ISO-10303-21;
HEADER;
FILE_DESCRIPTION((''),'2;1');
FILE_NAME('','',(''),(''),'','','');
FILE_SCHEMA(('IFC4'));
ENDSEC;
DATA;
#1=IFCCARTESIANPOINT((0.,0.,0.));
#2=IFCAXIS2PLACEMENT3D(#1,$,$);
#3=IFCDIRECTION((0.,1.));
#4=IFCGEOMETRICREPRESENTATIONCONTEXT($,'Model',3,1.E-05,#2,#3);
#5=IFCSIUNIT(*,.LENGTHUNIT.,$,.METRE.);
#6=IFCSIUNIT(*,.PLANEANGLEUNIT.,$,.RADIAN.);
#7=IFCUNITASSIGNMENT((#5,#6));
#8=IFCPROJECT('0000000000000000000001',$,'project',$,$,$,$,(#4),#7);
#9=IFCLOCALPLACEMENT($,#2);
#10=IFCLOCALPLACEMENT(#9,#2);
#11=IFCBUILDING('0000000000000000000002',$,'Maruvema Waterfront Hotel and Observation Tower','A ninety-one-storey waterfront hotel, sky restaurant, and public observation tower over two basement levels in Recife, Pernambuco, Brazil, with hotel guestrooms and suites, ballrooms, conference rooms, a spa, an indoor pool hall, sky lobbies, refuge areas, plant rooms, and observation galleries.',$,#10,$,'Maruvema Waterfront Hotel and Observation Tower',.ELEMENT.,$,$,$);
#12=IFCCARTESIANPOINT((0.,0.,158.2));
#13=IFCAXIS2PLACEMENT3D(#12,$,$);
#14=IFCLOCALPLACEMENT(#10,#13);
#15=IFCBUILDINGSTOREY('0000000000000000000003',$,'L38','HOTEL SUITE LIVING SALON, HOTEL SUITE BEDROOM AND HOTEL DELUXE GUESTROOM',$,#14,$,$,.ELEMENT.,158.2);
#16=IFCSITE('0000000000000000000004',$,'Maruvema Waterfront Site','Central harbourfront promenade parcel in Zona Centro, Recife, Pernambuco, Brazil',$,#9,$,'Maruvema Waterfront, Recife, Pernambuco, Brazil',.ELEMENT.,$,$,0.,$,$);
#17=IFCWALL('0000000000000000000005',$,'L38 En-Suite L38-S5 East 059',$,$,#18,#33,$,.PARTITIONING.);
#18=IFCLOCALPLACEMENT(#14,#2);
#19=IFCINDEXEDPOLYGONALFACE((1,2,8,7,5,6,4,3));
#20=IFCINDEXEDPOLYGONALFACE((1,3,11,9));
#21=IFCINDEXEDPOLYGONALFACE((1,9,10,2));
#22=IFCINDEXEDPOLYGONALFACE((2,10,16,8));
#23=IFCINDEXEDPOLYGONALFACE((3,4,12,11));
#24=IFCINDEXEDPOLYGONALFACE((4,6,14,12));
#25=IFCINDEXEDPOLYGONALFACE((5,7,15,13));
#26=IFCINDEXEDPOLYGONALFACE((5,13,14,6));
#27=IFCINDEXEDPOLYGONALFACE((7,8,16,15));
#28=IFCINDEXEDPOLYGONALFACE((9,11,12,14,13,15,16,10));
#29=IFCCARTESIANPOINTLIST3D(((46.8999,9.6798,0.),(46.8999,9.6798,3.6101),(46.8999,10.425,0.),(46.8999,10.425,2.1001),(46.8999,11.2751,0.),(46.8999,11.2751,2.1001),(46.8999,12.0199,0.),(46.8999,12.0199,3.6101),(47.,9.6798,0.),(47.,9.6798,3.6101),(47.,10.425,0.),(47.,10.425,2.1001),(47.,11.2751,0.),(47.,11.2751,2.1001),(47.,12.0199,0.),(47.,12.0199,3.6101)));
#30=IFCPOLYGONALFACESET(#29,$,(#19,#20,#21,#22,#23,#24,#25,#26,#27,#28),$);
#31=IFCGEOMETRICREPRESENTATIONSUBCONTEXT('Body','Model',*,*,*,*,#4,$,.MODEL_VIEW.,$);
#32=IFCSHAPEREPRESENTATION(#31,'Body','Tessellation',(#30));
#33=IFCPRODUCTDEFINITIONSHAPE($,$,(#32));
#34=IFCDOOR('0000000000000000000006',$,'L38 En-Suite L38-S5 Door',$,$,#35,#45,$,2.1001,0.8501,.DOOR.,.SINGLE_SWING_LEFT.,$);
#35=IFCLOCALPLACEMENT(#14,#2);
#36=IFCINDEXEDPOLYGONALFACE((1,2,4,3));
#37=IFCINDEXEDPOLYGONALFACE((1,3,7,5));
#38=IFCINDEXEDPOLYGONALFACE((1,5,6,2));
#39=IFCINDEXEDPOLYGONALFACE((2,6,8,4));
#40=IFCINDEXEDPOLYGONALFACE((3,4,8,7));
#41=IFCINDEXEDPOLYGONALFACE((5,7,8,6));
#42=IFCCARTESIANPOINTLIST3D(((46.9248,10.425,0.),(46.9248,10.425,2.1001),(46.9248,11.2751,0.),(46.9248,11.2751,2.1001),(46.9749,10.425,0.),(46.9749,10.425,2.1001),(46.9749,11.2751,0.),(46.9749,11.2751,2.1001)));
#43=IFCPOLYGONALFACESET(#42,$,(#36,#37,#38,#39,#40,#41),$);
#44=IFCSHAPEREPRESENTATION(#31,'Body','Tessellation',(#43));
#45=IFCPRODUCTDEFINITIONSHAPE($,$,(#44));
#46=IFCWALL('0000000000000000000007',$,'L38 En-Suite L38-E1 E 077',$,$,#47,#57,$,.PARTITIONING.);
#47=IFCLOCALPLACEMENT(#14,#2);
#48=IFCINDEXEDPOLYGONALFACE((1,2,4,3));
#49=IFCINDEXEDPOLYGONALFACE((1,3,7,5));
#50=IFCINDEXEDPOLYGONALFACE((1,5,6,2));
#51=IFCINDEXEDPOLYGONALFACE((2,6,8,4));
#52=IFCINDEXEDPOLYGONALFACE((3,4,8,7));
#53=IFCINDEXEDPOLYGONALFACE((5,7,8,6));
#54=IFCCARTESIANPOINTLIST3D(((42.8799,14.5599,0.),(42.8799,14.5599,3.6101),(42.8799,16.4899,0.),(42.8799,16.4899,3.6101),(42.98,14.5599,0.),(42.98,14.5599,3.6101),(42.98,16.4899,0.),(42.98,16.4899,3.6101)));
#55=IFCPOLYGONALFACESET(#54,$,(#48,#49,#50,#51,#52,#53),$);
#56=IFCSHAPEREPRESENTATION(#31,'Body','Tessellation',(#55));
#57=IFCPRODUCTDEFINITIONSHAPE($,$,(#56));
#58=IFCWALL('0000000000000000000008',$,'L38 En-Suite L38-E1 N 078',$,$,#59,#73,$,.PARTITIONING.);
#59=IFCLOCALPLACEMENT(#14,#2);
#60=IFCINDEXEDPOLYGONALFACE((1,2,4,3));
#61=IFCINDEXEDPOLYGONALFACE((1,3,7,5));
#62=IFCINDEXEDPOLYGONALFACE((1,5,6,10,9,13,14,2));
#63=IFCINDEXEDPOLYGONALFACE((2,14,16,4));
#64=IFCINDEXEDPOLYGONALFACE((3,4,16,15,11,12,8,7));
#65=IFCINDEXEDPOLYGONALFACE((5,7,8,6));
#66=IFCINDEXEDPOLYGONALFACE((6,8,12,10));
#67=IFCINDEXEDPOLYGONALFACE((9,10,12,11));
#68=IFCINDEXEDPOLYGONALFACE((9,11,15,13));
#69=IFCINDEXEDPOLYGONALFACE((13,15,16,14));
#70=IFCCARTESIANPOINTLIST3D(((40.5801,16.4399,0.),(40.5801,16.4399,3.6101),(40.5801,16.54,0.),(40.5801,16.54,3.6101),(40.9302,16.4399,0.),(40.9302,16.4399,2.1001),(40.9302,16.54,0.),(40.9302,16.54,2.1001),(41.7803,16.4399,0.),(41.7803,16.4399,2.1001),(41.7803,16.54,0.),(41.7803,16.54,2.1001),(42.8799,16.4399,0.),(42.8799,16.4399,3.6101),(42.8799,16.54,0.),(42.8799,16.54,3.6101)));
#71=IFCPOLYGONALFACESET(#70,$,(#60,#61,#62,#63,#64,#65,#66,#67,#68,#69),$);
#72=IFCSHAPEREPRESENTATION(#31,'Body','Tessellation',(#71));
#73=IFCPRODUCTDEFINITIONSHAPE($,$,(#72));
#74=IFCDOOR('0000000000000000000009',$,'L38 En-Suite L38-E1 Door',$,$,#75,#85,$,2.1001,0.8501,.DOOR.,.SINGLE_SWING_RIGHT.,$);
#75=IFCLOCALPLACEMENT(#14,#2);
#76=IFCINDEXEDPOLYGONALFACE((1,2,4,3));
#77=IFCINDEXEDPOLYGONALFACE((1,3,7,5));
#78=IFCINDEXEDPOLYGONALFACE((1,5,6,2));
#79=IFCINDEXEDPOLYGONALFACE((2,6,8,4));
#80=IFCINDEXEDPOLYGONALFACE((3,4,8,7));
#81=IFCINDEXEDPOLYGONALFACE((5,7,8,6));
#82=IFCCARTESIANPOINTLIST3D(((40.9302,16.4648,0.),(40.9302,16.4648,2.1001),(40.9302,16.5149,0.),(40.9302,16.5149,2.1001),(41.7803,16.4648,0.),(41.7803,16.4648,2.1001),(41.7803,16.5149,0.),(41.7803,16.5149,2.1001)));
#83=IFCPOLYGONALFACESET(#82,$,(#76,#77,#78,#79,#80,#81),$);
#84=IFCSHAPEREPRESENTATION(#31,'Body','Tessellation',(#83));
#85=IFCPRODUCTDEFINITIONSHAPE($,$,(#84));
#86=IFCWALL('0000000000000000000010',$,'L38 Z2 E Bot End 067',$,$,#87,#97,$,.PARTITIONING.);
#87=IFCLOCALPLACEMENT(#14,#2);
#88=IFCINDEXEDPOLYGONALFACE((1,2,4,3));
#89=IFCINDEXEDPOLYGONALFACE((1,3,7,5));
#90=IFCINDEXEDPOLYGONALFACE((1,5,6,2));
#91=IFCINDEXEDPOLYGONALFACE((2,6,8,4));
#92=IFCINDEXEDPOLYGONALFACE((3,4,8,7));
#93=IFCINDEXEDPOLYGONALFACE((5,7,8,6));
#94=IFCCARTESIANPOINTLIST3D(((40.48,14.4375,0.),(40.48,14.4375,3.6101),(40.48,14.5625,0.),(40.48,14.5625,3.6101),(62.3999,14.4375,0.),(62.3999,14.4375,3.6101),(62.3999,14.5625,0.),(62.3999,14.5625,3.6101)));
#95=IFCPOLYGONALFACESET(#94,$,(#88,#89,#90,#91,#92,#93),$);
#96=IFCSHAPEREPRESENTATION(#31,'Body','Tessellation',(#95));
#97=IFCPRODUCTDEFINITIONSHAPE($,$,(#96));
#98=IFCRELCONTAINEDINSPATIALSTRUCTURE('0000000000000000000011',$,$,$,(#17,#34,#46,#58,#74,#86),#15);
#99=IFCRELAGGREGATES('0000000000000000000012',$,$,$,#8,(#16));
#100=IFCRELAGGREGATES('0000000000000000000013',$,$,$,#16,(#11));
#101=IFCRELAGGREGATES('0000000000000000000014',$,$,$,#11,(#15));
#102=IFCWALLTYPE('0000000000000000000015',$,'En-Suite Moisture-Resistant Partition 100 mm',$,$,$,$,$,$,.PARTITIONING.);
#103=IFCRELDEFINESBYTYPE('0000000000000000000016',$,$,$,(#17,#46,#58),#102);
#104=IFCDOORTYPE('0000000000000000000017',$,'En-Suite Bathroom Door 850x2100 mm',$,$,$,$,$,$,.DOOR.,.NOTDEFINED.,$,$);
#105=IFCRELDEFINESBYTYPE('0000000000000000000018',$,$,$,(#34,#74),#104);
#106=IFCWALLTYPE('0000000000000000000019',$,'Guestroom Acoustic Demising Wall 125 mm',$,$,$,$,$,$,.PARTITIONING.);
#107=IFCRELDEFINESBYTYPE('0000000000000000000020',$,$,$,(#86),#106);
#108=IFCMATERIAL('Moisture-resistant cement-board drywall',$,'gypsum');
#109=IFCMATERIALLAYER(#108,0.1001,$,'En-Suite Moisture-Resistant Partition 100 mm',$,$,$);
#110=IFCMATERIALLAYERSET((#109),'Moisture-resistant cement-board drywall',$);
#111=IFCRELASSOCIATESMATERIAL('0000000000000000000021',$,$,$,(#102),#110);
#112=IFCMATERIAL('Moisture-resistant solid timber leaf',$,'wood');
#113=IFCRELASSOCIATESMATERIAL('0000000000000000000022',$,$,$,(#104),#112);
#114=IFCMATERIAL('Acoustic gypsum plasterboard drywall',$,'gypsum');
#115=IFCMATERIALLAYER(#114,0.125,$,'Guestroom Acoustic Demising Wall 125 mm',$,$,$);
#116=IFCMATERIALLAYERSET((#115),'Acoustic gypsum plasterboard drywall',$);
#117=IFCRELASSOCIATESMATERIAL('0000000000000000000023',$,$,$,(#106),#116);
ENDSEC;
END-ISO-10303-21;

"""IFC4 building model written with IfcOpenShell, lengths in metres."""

from ifc_helpers import new_model, si_unit, direction, frame, frame_2d, origin, place, context, subcontext, project, spatial, rectangle, extrude, material, layer, layer_set, type_object, element, fill, save


model = new_model("IFC4")

# Units and contexts
model_context = context("Model", 3, precision=1e-05, world=origin(), true_north=direction((0.0, 1.0)))
body_context = subcontext(model_context, "Body", "Model", "MODEL_VIEW")
ifc_project = project(units=[si_unit("LENGTHUNIT", "METRE"), si_unit("PLANEANGLEUNIT", "RADIAN")], contexts=[model_context])

# Site, building, storey
site_placement = place(None, origin())
site = spatial("IfcSite", under=ifc_project, at=site_placement, Name="Maruvema Waterfront Site", Description="Central harbourfront promenade parcel in Zona Centro, Recife, Pernambuco, Brazil", LongName="Maruvema Waterfront, Recife, Pernambuco, Brazil", CompositionType="ELEMENT", RefElevation=0.0)
building_placement = place(site_placement, origin())
building = spatial("IfcBuilding", under=site, at=building_placement, Name="Maruvema Waterfront Hotel and Observation Tower", Description="A ninety-one-storey waterfront hotel, sky restaurant, and public observation tower over two basement levels in Recife, Pernambuco, Brazil, with hotel guestrooms and suites, ballrooms, conference rooms, a spa, an indoor pool hall, sky lobbies, refuge areas, plant rooms, and observation galleries.", LongName="Maruvema Waterfront Hotel and Observation Tower", CompositionType="ELEMENT")
storey_placement = place(building_placement, frame((0.0, 0.0, 158.2)))
storey = spatial("IfcBuildingStorey", under=building, at=storey_placement, Name="L38", Description="HOTEL SUITE LIVING SALON, HOTEL SUITE BEDROOM AND HOTEL DELUXE GUESTROOM", CompositionType="ELEMENT", Elevation=158.2)

# Wall, opening, door
ifc_material_1 = material(Name="Moisture-resistant cement-board drywall", Category="gypsum")
ifc_layer_1 = layer(ifc_material_1, 0.1001, Name="En-Suite Moisture-Resistant Partition 100 mm")
ifc_layer_set_1 = layer_set([ifc_layer_1], Name="Moisture-resistant cement-board drywall")
wall_type_1 = type_object("IfcWallType", Name="En-Suite Moisture-Resistant Partition 100 mm", PredefinedType="PARTITIONING", material=ifc_layer_set_1)
ifc_material_2 = material(Name="Moisture-resistant solid timber leaf", Category="wood")
door_type_1 = type_object("IfcDoorType", Name="En-Suite Bathroom Door 850x2100 mm", OperationType="NOTDEFINED", PredefinedType="DOOR", material=ifc_material_2)
wall_1_placement = place(storey_placement, frame((46.95, 9.6799, 0.0), z_axis=(0.0, 0.0, 1.0), x_axis=(0.0, 1.0, 0.0)))
wall_1 = element("IfcWall", 1, at=wall_1_placement, inside=storey, type_object=wall_type_1, Name="L38 En-Suite L38-S5 East 059", PredefinedType="PARTITIONING", context=body_context, shape_type="SweptSolid", body=[
    extrude(rectangle(XDim=2.3401, YDim=0.1001, at=frame_2d((1.1699, 0.0))), origin(), (0.0, 0.0, 1.0), 3.6101),
])
opening_1_placement = place(wall_1_placement, frame((0.7451, 0.0, 0.0)))
opening_1 = element("IfcOpeningElement", 2, at=opening_1_placement, cuts=wall_1, PredefinedType="OPENING", context=body_context, shape_type="SweptSolid", body=[
    extrude(rectangle(XDim=0.8501, YDim=2.1001, at=frame_2d((0.425, 1.05))), frame((0.0, 0.0601, 0.0), z_axis=(0.0, -1.0, 0.0), x_axis=(1.0, 0.0, 0.0)), (0.0, 0.0, 1.0), 0.1201),
])
door_1_placement = place(opening_1_placement, frame((0.8501, 0.0, 0.0), z_axis=(0.0, 0.0, 1.0), x_axis=(-1.0, 0.0, 0.0)))
door_1 = element("IfcDoor", 3, at=door_1_placement, inside=storey, type_object=door_type_1, Name="L38 En-Suite L38-S5 Door", OperationType="SINGLE_SWING_LEFT", OverallHeight=2.1001, OverallWidth=0.8501, PredefinedType="DOOR", context=body_context, shape_type="SweptSolid", body=[
    extrude(rectangle(XDim=0.8501, YDim=2.1001, at=frame_2d((0.425, 1.05))), frame((0.0, 0.0249, 0.0), z_axis=(0.0, -1.0, 0.0), x_axis=(1.0, 0.0, 0.0)), (0.0, 0.0, 1.0), 0.05),
])
fill(opening_1, door_1)

# Wall
wall_2_placement = place(storey_placement, frame((42.9299, 14.5601, 0.0), z_axis=(0.0, 0.0, 1.0), x_axis=(0.0, 1.0, 0.0)))
element("IfcWall", 4, at=wall_2_placement, inside=storey, type_object=wall_type_1, Name="L38 En-Suite L38-E1 E 077", PredefinedType="PARTITIONING", context=body_context, shape_type="SweptSolid", body=[
    extrude(rectangle(XDim=1.9299, YDim=0.1001, at=frame_2d((0.9648, 0.0))), origin(), (0.0, 0.0, 1.0), 3.6101),
])

# Wall, opening, door
wall_3_placement = place(storey_placement, frame((40.5801, 16.49, 0.0), z_axis=(0.0, 0.0, 1.0), x_axis=(1.0, 0.0, 0.0)))
wall_3 = element("IfcWall", 5, at=wall_3_placement, inside=storey, type_object=wall_type_1, Name="L38 En-Suite L38-E1 N 078", PredefinedType="PARTITIONING", context=body_context, shape_type="SweptSolid", body=[
    extrude(rectangle(XDim=2.2998, YDim=0.1001, at=frame_2d((1.1499, 0.0))), origin(), (0.0, 0.0, 1.0), 3.6101),
])
opening_2_placement = place(wall_3_placement, frame((0.3501, 0.0, 0.0)))
opening_2 = element("IfcOpeningElement", 6, at=opening_2_placement, cuts=wall_3, PredefinedType="OPENING", context=body_context, shape_type="SweptSolid", body=[
    extrude(rectangle(XDim=0.8501, YDim=2.1001, at=frame_2d((0.425, 1.05))), frame((0.0, 0.0601, 0.0), z_axis=(0.0, -1.0, 0.0), x_axis=(1.0, 0.0, 0.0)), (0.0, 0.0, 1.0), 0.1201),
])
door_2_placement = place(opening_2_placement, origin())
door_2 = element("IfcDoor", 7, at=door_2_placement, inside=storey, type_object=door_type_1, Name="L38 En-Suite L38-E1 Door", OperationType="SINGLE_SWING_RIGHT", OverallHeight=2.1001, OverallWidth=0.8501, PredefinedType="DOOR", context=body_context, shape_type="SweptSolid", body=[
    extrude(rectangle(XDim=0.8501, YDim=2.1001, at=frame_2d((0.425, 1.05))), frame((0.0, 0.0249, 0.0), z_axis=(0.0, -1.0, 0.0), x_axis=(1.0, 0.0, 0.0)), (0.0, 0.0, 1.0), 0.05),
])
fill(opening_2, door_2)

# Wall
ifc_material_3 = material(Name="Acoustic gypsum plasterboard drywall", Category="gypsum")
ifc_layer_2 = layer(ifc_material_3, 0.125, Name="Guestroom Acoustic Demising Wall 125 mm")
ifc_layer_set_2 = layer_set([ifc_layer_2], Name="Acoustic gypsum plasterboard drywall")
wall_type_2 = type_object("IfcWallType", Name="Guestroom Acoustic Demising Wall 125 mm", PredefinedType="PARTITIONING", material=ifc_layer_set_2)
wall_4_placement = place(storey_placement, frame((40.48, 14.5, 0.0), z_axis=(0.0, 0.0, 1.0), x_axis=(1.0, 0.0, 0.0)))
element("IfcWall", 8, at=wall_4_placement, inside=storey, type_object=wall_type_2, Name="L38 Z2 E Bot End 067", PredefinedType="PARTITIONING", context=body_context, shape_type="SweptSolid", body=[
    extrude(rectangle(XDim=21.9199, YDim=0.125, at=frame_2d((10.96, 0.0))), origin(), (0.0, 0.0, 1.0), 3.6101),
])

save(model, "model.ifc")
